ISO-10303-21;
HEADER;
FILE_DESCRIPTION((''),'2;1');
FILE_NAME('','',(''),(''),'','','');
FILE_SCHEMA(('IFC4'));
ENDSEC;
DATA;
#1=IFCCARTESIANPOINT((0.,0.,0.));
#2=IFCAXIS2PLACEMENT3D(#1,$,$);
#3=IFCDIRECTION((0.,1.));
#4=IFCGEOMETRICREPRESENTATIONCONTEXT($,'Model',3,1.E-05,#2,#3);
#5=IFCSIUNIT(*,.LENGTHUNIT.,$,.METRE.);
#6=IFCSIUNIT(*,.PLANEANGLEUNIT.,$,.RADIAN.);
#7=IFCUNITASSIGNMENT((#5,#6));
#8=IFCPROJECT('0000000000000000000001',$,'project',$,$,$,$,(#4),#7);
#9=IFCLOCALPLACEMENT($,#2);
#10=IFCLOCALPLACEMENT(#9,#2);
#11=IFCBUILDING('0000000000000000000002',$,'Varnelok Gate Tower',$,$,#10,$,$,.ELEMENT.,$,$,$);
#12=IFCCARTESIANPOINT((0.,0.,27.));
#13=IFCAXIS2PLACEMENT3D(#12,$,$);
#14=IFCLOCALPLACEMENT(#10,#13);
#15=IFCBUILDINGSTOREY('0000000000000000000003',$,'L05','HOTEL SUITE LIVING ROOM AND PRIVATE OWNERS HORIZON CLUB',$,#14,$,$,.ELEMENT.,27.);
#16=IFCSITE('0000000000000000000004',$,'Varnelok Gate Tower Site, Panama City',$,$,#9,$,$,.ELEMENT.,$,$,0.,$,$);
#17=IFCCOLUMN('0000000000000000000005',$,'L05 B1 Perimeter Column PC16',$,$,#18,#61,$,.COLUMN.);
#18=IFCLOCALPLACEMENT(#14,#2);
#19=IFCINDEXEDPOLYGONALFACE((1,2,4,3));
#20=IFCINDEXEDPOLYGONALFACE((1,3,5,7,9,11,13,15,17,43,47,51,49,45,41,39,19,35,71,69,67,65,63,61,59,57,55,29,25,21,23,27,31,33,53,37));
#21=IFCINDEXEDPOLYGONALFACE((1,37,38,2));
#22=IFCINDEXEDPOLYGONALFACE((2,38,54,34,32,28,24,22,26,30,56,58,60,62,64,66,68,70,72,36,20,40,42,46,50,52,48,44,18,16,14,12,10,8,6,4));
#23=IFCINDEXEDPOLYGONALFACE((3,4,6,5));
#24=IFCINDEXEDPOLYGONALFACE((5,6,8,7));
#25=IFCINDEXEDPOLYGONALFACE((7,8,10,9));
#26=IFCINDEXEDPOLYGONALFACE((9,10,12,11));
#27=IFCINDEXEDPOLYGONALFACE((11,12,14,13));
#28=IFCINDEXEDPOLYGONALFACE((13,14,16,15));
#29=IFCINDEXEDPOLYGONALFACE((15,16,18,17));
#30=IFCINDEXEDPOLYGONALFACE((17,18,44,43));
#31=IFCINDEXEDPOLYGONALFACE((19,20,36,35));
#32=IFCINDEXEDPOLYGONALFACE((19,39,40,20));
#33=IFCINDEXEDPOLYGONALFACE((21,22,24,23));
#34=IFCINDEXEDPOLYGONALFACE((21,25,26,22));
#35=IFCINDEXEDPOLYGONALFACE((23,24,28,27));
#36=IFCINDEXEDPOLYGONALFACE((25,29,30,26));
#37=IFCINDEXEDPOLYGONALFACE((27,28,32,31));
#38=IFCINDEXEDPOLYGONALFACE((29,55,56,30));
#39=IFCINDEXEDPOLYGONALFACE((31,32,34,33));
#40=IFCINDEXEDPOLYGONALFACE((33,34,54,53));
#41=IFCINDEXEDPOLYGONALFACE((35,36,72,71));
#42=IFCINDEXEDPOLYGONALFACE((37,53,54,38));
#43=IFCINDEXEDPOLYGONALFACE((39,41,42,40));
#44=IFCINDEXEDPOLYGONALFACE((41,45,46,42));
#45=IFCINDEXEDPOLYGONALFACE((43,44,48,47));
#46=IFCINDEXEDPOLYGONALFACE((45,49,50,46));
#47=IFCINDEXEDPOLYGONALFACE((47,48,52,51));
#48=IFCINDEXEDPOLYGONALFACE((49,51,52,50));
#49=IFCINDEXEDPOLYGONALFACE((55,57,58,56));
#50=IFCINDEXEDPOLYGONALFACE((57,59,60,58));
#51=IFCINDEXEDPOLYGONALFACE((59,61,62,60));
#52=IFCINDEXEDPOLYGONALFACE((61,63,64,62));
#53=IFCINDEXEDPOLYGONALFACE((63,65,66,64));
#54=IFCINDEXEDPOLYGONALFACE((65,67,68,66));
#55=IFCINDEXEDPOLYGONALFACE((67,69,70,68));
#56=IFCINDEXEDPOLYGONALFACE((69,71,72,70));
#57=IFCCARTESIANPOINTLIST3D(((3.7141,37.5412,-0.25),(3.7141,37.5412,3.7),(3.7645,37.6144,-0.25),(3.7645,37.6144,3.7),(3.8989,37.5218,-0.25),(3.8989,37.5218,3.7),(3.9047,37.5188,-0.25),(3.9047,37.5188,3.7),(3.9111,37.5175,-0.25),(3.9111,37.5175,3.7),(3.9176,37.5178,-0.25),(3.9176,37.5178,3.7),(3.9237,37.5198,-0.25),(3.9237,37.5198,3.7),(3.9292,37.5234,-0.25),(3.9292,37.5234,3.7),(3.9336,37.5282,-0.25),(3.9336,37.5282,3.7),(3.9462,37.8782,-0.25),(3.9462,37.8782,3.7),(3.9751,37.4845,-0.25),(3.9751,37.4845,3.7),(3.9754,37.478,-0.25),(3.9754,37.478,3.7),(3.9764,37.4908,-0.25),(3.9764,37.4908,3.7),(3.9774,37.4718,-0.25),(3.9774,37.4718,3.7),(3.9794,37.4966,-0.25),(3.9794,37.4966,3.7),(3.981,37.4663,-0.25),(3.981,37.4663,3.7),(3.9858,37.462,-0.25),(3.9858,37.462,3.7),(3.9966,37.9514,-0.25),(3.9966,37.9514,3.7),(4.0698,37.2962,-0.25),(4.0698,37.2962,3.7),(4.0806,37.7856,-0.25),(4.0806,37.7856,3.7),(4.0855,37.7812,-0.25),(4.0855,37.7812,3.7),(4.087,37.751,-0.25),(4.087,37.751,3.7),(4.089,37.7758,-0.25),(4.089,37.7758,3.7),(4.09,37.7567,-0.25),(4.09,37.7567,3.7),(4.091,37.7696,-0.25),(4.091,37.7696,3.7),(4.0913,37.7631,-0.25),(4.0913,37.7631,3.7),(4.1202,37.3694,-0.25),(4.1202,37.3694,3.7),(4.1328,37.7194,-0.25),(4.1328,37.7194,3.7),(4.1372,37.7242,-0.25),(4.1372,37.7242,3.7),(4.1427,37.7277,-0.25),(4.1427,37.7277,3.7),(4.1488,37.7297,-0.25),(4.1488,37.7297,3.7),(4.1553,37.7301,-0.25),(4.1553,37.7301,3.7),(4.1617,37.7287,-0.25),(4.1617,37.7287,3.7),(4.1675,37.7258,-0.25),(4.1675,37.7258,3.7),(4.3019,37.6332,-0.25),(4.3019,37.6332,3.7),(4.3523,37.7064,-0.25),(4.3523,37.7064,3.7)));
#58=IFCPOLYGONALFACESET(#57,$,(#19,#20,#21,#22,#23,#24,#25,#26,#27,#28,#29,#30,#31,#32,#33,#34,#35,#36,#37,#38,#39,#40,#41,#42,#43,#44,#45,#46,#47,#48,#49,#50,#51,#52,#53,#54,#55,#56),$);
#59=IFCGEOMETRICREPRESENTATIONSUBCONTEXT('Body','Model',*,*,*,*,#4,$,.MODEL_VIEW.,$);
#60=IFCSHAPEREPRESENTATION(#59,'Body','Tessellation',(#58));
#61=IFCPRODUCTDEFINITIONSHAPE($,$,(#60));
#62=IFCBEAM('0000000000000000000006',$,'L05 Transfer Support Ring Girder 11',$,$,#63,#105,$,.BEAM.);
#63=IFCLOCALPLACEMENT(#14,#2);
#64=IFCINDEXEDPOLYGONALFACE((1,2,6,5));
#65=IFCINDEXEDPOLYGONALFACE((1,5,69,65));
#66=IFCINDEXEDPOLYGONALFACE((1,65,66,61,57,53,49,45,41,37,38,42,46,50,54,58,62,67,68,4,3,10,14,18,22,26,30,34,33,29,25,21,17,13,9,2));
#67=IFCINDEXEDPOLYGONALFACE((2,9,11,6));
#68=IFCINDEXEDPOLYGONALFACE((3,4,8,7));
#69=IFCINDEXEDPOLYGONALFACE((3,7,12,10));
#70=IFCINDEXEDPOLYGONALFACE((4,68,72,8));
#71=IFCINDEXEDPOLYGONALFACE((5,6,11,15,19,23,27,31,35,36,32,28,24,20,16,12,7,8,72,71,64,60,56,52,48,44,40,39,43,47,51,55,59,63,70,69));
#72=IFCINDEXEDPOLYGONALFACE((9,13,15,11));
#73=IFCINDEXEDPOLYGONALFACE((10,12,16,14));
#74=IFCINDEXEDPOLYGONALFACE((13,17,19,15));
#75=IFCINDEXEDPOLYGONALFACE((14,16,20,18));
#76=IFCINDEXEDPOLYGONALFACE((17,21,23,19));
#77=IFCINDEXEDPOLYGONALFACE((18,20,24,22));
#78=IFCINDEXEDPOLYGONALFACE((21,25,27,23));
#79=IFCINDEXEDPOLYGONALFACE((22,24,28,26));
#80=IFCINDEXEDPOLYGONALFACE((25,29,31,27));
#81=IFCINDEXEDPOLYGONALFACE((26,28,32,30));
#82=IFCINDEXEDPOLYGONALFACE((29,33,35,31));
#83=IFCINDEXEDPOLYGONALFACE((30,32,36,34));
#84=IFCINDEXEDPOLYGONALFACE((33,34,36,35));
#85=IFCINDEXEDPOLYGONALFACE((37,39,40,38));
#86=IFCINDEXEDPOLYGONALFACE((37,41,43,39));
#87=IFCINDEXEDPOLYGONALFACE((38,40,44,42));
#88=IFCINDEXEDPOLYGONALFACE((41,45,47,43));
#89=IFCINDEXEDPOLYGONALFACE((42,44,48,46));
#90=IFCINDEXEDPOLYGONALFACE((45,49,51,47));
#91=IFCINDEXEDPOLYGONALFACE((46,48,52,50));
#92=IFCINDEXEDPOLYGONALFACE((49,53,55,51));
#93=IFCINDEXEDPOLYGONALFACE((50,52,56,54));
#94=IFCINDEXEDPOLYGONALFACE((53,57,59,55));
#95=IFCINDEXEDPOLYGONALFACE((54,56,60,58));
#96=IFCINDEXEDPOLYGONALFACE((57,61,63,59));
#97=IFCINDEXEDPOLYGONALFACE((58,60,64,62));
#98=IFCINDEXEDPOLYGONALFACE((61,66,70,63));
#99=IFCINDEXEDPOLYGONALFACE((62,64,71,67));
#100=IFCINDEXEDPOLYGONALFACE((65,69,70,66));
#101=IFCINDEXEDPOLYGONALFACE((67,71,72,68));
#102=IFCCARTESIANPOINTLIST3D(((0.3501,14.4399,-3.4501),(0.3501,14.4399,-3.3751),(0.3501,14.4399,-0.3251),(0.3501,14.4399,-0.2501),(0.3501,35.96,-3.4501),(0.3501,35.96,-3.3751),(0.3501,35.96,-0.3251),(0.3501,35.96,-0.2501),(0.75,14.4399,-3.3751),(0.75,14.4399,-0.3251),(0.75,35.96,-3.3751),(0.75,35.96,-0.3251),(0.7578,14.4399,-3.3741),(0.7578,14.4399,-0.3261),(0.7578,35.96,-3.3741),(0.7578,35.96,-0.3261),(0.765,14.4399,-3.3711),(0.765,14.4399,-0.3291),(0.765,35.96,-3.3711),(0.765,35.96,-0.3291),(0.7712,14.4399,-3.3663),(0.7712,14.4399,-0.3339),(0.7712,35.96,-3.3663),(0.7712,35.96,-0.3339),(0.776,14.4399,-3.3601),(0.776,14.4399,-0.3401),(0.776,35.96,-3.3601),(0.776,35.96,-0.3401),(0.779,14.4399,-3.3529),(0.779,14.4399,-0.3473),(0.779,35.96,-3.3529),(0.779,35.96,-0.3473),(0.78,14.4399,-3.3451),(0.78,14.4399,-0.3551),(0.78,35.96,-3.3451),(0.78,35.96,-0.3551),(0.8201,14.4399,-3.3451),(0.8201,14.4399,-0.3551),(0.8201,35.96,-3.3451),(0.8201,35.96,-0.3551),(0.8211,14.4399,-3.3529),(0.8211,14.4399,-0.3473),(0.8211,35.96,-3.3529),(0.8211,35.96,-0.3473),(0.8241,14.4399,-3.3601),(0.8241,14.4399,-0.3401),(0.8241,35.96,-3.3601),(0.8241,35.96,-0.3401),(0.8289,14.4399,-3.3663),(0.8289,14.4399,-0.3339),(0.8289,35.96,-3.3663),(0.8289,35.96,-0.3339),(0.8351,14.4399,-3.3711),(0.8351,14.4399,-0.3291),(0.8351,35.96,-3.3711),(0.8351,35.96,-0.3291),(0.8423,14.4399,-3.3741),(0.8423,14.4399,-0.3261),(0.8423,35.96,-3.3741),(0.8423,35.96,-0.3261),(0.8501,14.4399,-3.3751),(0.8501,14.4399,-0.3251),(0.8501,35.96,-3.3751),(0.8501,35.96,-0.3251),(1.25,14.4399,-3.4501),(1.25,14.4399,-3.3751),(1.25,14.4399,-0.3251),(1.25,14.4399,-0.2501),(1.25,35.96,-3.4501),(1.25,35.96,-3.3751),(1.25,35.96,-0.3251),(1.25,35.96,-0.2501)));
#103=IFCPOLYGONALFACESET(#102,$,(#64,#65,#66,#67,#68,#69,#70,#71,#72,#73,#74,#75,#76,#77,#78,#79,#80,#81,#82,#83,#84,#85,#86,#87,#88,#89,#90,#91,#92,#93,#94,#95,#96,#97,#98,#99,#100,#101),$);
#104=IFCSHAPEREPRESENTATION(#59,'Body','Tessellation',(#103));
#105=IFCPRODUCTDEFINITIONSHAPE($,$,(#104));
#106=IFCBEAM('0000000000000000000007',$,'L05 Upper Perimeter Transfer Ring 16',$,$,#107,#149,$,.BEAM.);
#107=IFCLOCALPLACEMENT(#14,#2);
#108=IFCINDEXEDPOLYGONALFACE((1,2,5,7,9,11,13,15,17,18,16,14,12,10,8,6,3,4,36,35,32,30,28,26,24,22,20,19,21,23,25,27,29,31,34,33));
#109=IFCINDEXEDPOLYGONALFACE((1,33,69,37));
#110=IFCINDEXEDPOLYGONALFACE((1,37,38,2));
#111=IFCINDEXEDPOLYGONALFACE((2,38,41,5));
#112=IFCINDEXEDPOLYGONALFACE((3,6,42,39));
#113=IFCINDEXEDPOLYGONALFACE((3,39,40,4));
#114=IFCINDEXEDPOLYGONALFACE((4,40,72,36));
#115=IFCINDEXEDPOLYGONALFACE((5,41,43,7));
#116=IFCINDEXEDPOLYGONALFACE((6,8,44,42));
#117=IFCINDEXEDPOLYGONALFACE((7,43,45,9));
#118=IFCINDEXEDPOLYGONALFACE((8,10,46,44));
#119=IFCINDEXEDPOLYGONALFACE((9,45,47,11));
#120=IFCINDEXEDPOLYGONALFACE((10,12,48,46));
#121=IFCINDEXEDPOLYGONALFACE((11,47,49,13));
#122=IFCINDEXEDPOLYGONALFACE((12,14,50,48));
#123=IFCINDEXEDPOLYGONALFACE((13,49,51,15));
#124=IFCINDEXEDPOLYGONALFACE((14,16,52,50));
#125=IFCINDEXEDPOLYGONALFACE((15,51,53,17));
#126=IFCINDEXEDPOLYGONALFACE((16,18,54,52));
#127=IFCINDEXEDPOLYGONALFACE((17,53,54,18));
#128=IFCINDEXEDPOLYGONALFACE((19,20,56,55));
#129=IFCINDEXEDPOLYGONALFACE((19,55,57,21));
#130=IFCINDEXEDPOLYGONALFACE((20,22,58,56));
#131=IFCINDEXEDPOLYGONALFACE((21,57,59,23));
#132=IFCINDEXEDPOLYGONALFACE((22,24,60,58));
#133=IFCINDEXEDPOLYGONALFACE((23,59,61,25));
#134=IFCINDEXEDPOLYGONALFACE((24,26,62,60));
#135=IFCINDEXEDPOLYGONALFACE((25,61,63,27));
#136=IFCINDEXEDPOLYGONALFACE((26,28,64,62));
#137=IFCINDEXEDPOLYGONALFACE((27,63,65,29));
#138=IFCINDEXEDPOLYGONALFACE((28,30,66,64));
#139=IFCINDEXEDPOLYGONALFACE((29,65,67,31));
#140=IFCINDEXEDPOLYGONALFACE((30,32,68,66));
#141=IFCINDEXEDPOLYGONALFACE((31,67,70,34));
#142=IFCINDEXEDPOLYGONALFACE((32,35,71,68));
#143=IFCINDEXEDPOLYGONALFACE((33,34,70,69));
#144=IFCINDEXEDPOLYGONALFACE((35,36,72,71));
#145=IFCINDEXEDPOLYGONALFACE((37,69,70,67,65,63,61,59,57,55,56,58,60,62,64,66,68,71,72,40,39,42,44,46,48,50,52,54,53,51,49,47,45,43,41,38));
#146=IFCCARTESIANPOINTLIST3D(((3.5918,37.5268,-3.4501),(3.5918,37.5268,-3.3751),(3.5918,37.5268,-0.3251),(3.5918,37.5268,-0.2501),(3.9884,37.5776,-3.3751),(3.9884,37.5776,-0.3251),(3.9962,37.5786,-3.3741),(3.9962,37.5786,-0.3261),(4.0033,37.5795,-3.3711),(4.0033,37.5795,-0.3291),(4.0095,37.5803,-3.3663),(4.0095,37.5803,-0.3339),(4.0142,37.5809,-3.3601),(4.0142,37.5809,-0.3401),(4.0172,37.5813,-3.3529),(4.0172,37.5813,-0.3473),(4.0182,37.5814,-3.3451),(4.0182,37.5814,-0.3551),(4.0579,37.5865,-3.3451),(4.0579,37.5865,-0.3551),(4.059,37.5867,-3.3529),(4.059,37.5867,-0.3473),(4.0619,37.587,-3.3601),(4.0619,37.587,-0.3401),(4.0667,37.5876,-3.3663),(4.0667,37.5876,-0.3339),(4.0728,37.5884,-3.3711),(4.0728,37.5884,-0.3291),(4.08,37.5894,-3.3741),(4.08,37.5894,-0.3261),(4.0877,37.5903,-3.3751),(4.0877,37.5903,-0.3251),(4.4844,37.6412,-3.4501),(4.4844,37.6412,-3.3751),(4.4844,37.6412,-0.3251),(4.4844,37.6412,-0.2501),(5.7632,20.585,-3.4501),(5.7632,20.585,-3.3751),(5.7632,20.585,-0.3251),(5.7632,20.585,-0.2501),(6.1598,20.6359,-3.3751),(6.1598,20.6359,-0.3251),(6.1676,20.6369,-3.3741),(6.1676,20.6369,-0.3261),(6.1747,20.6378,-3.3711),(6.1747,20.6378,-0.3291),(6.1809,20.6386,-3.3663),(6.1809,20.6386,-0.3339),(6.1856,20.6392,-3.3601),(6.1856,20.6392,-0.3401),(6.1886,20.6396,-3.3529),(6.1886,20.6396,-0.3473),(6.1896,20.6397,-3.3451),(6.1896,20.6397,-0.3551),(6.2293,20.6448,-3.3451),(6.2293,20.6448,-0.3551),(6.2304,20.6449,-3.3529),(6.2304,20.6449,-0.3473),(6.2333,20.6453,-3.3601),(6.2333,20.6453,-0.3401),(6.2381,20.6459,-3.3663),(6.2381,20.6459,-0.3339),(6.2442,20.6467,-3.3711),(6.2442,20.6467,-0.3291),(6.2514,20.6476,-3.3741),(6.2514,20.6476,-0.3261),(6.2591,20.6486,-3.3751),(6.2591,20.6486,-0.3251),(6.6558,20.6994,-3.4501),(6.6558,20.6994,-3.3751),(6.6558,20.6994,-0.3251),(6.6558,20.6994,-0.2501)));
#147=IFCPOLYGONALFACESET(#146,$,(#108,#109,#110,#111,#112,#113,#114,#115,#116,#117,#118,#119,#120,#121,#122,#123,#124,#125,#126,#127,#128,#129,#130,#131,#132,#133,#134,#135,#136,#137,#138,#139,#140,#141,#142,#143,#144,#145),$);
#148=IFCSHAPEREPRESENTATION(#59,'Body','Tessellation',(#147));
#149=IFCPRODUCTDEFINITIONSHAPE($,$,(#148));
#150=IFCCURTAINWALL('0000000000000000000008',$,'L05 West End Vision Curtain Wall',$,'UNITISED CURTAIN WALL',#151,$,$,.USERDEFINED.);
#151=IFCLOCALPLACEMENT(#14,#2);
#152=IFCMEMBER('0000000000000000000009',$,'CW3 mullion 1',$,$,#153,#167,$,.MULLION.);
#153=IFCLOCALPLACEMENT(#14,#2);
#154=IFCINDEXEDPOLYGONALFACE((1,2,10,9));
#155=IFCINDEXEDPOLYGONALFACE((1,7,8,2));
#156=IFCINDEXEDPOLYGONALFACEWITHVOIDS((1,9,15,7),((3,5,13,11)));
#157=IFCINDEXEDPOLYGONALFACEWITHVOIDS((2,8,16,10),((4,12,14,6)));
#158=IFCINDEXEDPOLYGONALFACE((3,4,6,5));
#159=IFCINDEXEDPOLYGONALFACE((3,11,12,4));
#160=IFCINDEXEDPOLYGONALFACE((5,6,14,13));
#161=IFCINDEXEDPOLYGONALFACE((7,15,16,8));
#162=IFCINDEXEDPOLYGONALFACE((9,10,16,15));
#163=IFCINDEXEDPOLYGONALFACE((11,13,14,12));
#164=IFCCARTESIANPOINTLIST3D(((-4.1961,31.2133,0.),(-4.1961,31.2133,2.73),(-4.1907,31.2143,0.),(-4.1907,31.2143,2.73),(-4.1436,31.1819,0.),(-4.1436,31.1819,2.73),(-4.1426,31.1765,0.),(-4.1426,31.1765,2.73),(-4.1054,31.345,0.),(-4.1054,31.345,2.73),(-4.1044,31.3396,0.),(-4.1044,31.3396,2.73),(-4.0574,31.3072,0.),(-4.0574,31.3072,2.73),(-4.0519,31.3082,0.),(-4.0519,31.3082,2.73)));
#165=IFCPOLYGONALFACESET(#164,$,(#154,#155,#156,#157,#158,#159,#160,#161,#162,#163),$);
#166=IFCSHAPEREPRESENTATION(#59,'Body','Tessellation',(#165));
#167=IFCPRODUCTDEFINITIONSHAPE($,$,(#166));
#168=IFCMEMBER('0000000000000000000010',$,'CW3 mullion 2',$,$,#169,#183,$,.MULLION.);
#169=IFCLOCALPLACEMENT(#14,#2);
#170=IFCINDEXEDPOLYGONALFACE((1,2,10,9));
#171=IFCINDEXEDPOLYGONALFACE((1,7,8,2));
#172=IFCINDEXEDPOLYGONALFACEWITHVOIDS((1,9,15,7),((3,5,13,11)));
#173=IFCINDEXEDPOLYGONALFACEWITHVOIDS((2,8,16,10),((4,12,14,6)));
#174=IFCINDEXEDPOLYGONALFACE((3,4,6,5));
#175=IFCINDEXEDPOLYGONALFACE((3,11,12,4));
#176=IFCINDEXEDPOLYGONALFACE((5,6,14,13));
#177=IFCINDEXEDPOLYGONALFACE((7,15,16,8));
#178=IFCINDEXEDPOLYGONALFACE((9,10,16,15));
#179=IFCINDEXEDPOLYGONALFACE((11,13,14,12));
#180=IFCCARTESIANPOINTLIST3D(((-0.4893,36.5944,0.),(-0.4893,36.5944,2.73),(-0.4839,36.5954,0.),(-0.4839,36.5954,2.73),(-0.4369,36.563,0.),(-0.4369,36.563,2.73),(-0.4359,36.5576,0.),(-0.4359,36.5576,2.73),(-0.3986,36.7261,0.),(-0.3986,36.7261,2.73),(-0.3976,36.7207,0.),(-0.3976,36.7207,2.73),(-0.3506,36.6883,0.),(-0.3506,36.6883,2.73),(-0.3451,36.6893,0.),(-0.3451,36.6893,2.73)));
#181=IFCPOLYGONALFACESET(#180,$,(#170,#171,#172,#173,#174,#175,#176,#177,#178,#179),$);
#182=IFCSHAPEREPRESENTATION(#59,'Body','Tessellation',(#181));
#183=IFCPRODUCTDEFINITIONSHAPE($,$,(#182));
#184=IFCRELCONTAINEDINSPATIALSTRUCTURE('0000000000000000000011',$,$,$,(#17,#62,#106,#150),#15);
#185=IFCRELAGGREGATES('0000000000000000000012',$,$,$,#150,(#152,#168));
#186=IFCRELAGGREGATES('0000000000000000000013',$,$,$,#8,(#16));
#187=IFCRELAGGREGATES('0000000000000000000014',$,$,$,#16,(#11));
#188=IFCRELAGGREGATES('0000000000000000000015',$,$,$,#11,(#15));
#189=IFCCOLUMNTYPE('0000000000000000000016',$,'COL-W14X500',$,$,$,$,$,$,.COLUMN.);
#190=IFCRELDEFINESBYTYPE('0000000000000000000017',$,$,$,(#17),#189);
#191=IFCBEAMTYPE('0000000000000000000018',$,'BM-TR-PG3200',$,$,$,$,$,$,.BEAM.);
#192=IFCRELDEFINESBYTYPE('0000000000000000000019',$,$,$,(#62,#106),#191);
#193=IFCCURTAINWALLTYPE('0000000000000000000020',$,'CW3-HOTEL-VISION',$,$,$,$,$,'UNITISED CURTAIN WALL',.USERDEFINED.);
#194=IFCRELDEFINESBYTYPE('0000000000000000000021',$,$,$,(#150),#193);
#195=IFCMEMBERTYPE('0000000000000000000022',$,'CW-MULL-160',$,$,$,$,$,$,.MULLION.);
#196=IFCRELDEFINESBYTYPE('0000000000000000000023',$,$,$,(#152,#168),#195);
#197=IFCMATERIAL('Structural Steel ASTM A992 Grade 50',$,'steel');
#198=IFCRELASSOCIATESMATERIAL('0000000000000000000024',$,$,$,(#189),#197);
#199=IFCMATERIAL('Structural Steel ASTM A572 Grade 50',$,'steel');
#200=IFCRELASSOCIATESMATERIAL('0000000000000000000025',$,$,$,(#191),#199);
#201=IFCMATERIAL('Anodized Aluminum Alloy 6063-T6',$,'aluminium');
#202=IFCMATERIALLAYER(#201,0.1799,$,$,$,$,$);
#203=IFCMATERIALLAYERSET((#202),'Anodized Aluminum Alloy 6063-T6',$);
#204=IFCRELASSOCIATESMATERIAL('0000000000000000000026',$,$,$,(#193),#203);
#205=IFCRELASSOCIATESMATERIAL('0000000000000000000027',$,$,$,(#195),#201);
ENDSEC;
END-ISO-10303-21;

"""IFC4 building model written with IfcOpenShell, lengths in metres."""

from ifc_helpers import new_model, si_unit, direction, frame, origin, origin_2d, place, context, subcontext, project, spatial, hollow_rectangle, i_section, extrude, material, layer, layer_set, material_profile, profile_set, type_object, element, aggregate, save


model = new_model("IFC4")

# Units and contexts
model_context = context("Model", 3, precision=1e-05, world=origin(), true_north=direction((0.0, 1.0)))
body_context = subcontext(model_context, "Body", "Model", "MODEL_VIEW")
ifc_project = project(units=[si_unit("LENGTHUNIT", "METRE"), si_unit("PLANEANGLEUNIT", "RADIAN")], contexts=[model_context])

# Site, building, storey
site_placement = place(None, origin())
site = spatial("IfcSite", under=ifc_project, at=site_placement, Name="Varnelok Gate Tower Site, Panama City", CompositionType="ELEMENT", RefElevation=0.0)
building_placement = place(site_placement, origin())
building = spatial("IfcBuilding", under=site, at=building_placement, Name="Varnelok Gate Tower", CompositionType="ELEMENT")
storey_placement = place(building_placement, frame((0.0, 0.0, 27.0)))
storey = spatial("IfcBuildingStorey", under=building, at=storey_placement, Name="L05", Description="HOTEL SUITE LIVING ROOM AND PRIVATE OWNERS HORIZON CLUB", CompositionType="ELEMENT", Elevation=27.0)

# Column
ifc_material_1 = material(Name="Structural Steel ASTM A992 Grade 50", Category="steel")
ifc_material_profile_1 = material_profile(ifc_material_1, i_section(OverallWidth=0.4319, OverallDepth=0.498, WebThickness=0.0557, FlangeThickness=0.0889, FilletRadius=0.0249, at=origin_2d()), Name="W14X500")
ifc_profile_set_1 = profile_set([ifc_material_profile_1], Name="Structural Steel ASTM A992 Grade 50")
column_type = type_object("IfcColumnType", Name="COL-W14X500", PredefinedType="COLUMN", material=ifc_profile_set_1)
column_placement = place(storey_placement, frame((4.0332, 37.6238, -0.25), z_axis=(0.0, 0.0, 1.0), x_axis=(0.823533, -0.567269, 0.0)))
element("IfcColumn", 1, at=column_placement, inside=storey, type_object=column_type, Name="L05 B1 Perimeter Column PC16", PredefinedType="COLUMN", context=body_context, shape_type="SweptSolid", body=[
    extrude(i_section(OverallWidth=0.4319, OverallDepth=0.498, WebThickness=0.0557, FlangeThickness=0.0889, FilletRadius=0.0249, at=origin_2d()), origin(), (0.0, 0.0, 1.0), 3.95),
])

# Beams
ifc_material_2 = material(Name="Structural Steel ASTM A572 Grade 50", Category="steel")
ifc_material_profile_2 = material_profile(ifc_material_2, i_section(OverallWidth=0.8999, OverallDepth=3.2, WebThickness=0.04, FlangeThickness=0.075, FilletRadius=0.03, at=origin_2d()), Name="PG3200X900")
ifc_profile_set_2 = profile_set([ifc_material_profile_2], Name="Structural Steel ASTM A572 Grade 50")
beam_type = type_object("IfcBeamType", Name="BM-TR-PG3200", PredefinedType="BEAM", material=ifc_profile_set_2)
beam_1_placement = place(storey_placement, frame((0.8, 35.96, -1.8501), z_axis=(0.0, -1.0, 0.0), x_axis=(1.0, 0.0, 0.0)))
element("IfcBeam", 2, at=beam_1_placement, inside=storey, type_object=beam_type, Name="L05 Transfer Support Ring Girder 11", PredefinedType="BEAM", context=body_context, shape_type="SweptSolid", body=[
    extrude(i_section(OverallWidth=0.8999, OverallDepth=3.2, WebThickness=0.04, FlangeThickness=0.075, FilletRadius=0.03, at=origin_2d()), origin(), (0.0, 0.0, 1.0), 21.52),
])
beam_2_placement = place(storey_placement, frame((4.0381, 37.584, -1.8501), z_axis=(0.127129, -0.991886, 0.0), x_axis=(0.991886, 0.127129, 0.0)))
element("IfcBeam", 3, at=beam_2_placement, inside=storey, type_object=beam_type, Name="L05 Upper Perimeter Transfer Ring 16", PredefinedType="BEAM", context=body_context, shape_type="SweptSolid", body=[
    extrude(i_section(OverallWidth=0.8999, OverallDepth=3.2, WebThickness=0.04, FlangeThickness=0.075, FilletRadius=0.03, at=origin_2d()), origin(), (0.0, 0.0, 1.0), 17.0803),
])

# Curtain wall, members
ifc_material_3 = material(Name="Anodized Aluminum Alloy 6063-T6", Category="aluminium")
ifc_layer_1 = layer(ifc_material_3, 0.1799)
ifc_layer_set_1 = layer_set([ifc_layer_1], Name="Anodized Aluminum Alloy 6063-T6")
curtain_wall_type = type_object("IfcCurtainWallType", Name="CW3-HOTEL-VISION", ElementType="UNITISED CURTAIN WALL", PredefinedType="USERDEFINED", material=ifc_layer_set_1)
curtain_wall_placement = place(storey_placement, origin())
curtain_wall = element("IfcCurtainWall", 4, at=curtain_wall_placement, inside=storey, type_object=curtain_wall_type, Name="L05 West End Vision Curtain Wall", ObjectType="UNITISED CURTAIN WALL", PredefinedType="USERDEFINED")
ifc_material_profile_3 = material_profile(ifc_material_3, hollow_rectangle(XDim=0.0649, YDim=0.1599, WallThickness=0.0039, at=origin_2d()), Name="ALU160X65X4")
ifc_profile_set_3 = profile_set([ifc_material_profile_3], Name="Anodized Aluminum Alloy 6063-T6")
member_type_1 = type_object("IfcMemberType", Name="CW-MULL-160", PredefinedType="MULLION", material=ifc_profile_set_3)
member_1_placement = place(storey_placement, frame((-4.124, 31.2607, 0.0), z_axis=(0.0, 0.0, 1.0), x_axis=(-0.823533, 0.567269, 0.0)))
member_1 = element("IfcMember", 5, at=member_1_placement, type_object=member_type_1, Name="CW3 mullion 1", PredefinedType="MULLION", context=body_context, shape_type="SweptSolid", body=[
    extrude(hollow_rectangle(XDim=0.0649, YDim=0.1599, WallThickness=0.0039, at=origin_2d()), origin(), (0.0, 0.0, 1.0), 2.73),
])
member_2_placement = place(storey_placement, frame((-0.4172, 36.6418, 0.0), z_axis=(0.0, 0.0, 1.0), x_axis=(-0.823533, 0.567269, 0.0)))
member_2 = element("IfcMember", 6, at=member_2_placement, type_object=member_type_1, Name="CW3 mullion 2", PredefinedType="MULLION", context=body_context, shape_type="SweptSolid", body=[
    extrude(hollow_rectangle(XDim=0.0649, YDim=0.1599, WallThickness=0.0039, at=origin_2d()), origin(), (0.0, 0.0, 1.0), 2.73),
])
aggregate(curtain_wall, [member_1, member_2])

save(model, "model.ifc")
